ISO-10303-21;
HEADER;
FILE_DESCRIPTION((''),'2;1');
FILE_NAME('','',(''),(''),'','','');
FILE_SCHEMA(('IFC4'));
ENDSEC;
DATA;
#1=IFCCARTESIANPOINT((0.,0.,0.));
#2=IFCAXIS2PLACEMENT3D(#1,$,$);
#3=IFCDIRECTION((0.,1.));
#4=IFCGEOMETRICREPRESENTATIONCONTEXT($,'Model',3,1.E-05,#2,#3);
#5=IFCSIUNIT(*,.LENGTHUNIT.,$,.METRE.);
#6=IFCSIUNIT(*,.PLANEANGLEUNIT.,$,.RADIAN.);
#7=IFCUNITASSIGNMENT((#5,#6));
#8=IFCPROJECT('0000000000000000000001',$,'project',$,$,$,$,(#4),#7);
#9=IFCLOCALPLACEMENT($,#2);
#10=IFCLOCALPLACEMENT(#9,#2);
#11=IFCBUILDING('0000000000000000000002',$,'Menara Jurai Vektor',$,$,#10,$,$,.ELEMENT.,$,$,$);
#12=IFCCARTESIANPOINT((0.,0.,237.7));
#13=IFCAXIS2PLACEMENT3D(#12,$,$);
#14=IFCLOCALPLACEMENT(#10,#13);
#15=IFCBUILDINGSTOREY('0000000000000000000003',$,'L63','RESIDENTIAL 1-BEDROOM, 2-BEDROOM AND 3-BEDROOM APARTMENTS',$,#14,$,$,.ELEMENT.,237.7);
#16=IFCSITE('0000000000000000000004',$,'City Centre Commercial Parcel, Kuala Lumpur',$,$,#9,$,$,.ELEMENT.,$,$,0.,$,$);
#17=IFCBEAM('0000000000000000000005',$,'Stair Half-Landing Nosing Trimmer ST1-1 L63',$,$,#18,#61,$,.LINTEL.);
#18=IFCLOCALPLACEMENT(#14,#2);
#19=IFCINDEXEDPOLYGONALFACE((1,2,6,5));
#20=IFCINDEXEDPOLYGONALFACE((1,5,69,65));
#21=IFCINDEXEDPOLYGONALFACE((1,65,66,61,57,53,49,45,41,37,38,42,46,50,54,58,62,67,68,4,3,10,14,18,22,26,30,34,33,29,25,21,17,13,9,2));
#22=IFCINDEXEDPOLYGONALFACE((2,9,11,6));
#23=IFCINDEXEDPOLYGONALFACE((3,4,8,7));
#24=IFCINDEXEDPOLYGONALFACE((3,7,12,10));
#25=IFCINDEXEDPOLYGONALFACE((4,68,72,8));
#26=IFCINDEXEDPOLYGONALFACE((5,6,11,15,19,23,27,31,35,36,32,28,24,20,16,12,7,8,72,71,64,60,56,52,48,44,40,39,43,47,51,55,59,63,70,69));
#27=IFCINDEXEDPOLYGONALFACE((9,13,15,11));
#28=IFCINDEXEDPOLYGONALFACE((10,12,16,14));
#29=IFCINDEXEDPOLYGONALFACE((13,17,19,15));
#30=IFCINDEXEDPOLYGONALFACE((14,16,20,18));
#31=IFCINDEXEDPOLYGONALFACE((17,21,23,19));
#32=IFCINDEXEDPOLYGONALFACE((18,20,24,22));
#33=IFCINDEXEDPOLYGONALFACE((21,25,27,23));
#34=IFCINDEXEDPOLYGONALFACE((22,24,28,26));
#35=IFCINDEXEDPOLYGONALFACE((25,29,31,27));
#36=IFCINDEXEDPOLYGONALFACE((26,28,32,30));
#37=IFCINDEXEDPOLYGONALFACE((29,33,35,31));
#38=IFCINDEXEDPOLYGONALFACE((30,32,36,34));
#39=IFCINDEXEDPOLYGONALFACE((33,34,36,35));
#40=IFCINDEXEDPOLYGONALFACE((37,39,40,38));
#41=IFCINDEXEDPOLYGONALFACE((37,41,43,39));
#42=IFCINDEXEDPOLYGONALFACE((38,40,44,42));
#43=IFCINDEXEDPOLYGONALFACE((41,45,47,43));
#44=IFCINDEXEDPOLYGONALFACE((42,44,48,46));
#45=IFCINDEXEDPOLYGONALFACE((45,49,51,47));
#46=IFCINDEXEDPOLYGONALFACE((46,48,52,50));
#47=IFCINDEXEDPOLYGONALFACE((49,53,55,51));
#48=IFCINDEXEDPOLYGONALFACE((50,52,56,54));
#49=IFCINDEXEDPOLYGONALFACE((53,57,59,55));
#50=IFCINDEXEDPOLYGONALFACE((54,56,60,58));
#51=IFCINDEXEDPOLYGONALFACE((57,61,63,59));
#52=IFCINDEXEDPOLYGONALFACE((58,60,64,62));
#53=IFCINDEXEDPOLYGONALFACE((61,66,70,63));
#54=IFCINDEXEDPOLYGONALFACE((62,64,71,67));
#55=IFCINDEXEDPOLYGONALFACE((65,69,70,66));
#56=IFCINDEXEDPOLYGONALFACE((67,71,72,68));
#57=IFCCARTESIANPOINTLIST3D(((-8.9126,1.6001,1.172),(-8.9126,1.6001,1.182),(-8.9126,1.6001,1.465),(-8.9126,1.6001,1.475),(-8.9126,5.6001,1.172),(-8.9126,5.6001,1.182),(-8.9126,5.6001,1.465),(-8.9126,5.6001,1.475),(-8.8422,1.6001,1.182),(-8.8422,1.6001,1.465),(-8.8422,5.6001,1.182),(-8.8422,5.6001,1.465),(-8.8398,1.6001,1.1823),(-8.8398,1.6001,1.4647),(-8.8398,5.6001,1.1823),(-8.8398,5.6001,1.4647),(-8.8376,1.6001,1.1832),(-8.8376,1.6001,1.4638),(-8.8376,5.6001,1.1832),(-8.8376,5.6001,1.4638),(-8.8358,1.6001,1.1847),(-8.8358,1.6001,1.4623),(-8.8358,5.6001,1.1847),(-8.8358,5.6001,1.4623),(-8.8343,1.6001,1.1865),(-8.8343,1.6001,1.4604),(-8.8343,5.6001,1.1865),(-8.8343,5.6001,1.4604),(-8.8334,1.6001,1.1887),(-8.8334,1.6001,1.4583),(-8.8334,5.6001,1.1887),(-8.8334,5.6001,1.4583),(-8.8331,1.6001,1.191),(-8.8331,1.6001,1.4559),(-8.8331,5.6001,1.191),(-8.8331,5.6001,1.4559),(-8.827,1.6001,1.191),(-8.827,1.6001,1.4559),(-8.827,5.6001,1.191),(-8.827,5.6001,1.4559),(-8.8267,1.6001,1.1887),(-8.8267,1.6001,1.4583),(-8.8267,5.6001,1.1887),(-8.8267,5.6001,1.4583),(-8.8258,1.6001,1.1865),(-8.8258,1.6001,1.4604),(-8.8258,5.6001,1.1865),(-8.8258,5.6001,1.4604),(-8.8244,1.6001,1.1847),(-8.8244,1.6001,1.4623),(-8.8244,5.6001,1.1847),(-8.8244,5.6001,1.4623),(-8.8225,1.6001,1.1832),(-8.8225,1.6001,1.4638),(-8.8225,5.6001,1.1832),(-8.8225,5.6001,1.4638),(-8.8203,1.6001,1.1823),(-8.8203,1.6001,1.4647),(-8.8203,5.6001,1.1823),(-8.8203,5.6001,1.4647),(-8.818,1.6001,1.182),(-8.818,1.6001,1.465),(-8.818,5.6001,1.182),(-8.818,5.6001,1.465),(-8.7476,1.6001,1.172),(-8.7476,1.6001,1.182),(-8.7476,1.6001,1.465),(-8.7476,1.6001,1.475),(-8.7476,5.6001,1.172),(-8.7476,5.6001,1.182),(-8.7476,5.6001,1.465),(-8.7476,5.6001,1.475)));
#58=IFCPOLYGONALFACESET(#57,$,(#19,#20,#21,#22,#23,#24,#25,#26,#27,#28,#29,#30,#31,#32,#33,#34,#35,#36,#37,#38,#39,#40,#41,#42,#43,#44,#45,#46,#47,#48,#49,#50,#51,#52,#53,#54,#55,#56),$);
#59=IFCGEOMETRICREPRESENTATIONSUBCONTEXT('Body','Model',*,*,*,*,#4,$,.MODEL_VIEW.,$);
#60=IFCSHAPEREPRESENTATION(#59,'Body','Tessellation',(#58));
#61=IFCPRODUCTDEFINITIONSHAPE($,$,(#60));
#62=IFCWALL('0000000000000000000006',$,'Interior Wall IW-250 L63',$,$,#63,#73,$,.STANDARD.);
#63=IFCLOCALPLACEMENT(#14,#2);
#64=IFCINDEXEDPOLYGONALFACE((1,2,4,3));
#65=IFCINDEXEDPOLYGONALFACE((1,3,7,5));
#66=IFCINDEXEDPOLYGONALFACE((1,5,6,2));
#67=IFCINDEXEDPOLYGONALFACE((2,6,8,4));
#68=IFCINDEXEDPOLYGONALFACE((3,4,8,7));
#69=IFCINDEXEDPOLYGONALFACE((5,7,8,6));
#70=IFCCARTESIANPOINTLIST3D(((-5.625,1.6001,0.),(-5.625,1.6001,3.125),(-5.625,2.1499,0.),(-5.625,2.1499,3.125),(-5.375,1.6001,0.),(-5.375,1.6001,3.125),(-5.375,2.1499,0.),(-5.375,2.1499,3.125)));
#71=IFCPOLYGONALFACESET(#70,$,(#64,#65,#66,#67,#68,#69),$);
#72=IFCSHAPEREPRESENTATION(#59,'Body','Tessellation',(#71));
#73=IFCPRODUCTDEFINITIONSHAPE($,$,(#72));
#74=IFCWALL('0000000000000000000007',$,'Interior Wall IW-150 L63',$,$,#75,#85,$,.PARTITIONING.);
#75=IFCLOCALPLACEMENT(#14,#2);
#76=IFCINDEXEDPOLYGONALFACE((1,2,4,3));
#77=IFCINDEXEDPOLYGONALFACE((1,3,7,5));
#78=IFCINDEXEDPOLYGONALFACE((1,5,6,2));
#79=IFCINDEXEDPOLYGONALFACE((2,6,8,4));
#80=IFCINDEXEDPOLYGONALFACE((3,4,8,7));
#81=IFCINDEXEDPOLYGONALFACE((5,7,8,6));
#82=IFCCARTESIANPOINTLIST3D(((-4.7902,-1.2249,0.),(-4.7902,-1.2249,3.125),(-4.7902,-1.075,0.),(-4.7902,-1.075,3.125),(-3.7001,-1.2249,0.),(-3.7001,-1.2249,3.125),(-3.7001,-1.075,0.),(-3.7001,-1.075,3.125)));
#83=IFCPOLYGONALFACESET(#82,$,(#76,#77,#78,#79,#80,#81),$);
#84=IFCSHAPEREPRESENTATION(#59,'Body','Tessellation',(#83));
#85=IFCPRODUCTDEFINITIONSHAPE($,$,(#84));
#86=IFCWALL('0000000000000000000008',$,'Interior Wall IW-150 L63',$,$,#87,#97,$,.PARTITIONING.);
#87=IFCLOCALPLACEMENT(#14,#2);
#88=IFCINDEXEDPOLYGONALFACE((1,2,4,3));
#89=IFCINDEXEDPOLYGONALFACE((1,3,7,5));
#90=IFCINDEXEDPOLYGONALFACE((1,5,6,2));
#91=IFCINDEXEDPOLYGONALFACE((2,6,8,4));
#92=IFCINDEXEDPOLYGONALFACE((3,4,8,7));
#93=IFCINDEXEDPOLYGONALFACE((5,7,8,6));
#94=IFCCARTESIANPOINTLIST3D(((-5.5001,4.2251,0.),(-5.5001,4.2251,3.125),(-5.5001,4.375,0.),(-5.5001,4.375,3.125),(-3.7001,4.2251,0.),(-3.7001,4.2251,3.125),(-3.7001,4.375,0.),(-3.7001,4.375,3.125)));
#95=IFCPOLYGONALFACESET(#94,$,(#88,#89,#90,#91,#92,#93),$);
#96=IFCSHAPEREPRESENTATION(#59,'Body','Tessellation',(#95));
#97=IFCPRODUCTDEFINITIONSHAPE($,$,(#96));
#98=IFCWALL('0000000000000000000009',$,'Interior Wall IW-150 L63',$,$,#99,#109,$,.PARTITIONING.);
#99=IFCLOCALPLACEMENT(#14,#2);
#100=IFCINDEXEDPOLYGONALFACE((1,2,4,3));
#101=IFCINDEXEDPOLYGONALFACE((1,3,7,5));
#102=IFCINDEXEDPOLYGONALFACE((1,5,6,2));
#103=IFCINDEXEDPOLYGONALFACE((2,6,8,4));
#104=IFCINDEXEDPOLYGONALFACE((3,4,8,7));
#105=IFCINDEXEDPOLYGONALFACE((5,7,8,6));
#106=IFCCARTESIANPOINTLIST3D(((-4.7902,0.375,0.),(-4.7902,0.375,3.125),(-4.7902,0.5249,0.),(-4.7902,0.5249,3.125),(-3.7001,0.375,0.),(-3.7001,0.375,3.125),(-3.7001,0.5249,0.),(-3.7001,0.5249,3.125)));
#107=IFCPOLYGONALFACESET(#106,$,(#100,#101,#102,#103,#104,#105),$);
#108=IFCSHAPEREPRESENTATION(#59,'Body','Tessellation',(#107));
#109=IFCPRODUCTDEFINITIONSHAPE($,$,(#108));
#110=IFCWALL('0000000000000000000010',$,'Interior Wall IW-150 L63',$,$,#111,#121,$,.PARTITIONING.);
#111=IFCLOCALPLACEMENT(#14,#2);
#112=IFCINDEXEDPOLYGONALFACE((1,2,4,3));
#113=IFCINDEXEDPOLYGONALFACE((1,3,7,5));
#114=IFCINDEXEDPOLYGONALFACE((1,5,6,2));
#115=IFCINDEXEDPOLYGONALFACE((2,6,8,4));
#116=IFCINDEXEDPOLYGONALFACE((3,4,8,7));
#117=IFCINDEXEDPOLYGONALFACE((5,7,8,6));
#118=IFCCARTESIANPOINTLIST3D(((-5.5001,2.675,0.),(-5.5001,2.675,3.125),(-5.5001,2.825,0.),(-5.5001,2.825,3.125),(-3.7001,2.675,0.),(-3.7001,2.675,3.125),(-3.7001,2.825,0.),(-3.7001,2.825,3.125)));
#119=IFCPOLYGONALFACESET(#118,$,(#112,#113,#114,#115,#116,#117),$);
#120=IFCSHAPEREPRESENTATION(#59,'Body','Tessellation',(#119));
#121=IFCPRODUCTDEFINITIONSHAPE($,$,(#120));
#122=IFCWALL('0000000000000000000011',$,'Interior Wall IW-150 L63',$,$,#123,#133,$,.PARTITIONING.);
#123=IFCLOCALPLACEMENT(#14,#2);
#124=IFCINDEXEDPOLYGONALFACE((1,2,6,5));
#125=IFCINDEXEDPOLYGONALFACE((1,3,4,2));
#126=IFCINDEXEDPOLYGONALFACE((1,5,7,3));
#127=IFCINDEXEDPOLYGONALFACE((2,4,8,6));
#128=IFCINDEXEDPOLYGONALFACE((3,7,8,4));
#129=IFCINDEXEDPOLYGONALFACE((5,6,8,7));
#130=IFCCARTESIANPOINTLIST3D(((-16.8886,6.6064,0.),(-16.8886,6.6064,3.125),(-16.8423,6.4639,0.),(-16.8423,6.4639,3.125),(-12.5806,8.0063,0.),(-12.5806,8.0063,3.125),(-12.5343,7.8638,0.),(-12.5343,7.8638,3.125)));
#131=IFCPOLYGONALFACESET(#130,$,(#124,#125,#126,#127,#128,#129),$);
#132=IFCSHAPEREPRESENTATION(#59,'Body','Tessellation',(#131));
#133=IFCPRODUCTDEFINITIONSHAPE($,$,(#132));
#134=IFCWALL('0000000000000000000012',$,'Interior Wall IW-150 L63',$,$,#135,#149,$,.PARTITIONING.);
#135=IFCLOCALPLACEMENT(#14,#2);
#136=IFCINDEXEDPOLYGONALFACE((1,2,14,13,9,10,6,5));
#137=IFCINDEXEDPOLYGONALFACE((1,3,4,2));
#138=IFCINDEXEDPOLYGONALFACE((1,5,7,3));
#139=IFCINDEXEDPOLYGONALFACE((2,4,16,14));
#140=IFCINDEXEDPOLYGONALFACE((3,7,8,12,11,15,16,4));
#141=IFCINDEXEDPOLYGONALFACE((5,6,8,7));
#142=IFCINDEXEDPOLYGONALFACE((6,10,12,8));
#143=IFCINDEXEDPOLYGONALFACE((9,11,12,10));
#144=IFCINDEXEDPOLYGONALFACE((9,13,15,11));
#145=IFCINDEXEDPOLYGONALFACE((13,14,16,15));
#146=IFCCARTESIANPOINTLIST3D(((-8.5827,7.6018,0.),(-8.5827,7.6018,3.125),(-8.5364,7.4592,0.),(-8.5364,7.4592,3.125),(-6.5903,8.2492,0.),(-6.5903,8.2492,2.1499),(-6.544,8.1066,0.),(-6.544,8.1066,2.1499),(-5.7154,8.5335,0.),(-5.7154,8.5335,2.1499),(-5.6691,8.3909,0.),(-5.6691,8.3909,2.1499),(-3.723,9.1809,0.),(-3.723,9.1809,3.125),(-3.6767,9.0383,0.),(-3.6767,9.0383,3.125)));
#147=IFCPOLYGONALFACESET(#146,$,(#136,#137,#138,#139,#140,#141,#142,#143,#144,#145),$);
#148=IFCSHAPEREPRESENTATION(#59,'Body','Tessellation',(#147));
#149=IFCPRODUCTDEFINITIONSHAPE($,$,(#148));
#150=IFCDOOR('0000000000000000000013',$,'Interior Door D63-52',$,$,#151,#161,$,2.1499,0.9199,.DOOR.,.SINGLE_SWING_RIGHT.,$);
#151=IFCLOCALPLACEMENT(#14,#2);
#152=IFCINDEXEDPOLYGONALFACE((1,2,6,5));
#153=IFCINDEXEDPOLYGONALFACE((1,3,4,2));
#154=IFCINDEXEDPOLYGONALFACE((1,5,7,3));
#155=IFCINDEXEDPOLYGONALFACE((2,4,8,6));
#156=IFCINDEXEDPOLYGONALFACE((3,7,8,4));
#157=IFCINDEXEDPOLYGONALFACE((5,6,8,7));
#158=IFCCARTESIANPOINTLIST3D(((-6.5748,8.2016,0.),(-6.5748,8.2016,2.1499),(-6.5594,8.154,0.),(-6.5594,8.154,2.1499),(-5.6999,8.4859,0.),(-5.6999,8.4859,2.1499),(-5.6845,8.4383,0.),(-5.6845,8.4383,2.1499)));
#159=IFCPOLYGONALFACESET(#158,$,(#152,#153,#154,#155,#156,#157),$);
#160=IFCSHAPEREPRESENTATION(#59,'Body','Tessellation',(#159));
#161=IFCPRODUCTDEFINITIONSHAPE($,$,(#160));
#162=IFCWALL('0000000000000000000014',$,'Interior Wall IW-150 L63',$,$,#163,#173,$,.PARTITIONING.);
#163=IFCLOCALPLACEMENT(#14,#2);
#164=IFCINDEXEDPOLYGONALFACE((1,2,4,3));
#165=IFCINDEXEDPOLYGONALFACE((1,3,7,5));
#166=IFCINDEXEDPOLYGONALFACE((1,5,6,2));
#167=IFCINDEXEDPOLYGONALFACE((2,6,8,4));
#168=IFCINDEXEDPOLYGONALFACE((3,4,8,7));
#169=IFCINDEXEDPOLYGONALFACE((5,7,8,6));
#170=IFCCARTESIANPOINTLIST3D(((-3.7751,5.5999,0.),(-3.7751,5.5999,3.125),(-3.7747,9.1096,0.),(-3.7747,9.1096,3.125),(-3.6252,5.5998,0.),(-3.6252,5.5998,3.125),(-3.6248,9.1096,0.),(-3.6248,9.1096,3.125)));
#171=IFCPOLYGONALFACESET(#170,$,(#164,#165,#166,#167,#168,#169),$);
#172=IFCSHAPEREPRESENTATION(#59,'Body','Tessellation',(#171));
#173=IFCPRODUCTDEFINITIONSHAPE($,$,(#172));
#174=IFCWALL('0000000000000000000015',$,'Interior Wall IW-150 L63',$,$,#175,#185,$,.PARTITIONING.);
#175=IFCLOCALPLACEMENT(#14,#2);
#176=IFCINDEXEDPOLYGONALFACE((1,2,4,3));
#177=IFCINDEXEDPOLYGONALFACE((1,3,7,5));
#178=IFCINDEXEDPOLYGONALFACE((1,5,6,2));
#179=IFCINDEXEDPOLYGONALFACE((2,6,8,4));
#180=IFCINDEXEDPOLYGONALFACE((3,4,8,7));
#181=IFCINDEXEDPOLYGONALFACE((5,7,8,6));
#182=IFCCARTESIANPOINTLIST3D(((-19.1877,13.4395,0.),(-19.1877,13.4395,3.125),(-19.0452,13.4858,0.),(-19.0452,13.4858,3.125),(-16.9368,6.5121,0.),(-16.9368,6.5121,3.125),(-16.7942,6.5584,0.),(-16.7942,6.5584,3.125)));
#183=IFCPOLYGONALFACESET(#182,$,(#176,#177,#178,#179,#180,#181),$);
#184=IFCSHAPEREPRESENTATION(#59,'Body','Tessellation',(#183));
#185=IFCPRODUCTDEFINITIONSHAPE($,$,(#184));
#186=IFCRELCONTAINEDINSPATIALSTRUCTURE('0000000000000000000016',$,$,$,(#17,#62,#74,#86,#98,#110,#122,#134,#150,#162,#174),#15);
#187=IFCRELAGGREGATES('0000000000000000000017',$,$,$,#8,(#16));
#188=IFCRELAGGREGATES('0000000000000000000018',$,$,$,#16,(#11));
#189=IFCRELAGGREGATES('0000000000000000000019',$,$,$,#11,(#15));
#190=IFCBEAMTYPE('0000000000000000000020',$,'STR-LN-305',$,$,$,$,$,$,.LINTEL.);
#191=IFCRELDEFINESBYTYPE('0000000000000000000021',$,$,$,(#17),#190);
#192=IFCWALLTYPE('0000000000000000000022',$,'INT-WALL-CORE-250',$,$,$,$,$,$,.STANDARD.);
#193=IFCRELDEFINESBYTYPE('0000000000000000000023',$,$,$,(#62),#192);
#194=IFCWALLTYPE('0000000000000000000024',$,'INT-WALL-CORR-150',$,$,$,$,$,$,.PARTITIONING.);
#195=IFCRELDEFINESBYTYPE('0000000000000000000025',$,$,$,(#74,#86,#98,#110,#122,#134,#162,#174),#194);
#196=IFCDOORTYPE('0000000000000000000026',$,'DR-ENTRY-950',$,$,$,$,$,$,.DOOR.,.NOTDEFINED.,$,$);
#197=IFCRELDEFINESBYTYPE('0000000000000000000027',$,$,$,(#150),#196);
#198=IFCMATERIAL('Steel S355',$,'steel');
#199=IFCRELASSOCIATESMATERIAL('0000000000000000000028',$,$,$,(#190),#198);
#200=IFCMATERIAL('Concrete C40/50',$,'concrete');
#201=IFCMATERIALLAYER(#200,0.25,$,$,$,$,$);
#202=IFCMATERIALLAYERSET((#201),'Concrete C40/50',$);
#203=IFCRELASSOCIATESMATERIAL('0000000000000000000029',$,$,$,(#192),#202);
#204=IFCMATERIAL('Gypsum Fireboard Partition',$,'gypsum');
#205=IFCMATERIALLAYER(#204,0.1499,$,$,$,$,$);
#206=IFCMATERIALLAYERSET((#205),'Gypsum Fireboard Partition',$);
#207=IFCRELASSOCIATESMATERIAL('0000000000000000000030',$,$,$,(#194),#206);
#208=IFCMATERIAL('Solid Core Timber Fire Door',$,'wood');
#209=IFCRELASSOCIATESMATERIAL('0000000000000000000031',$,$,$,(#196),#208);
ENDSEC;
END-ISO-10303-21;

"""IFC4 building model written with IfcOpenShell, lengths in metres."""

from ifc_helpers import new_model, si_unit, direction, frame, frame_2d, origin, origin_2d, place, context, subcontext, project, spatial, rectangle, i_section, extrude, material, layer, layer_set, material_profile, profile_set, type_object, element, fill, save


model = new_model("IFC4")

# Units and contexts
model_context = context("Model", 3, precision=1e-05, world=origin(), true_north=direction((0.0, 1.0)))
body_context = subcontext(model_context, "Body", "Model", "MODEL_VIEW")
ifc_project = project(units=[si_unit("LENGTHUNIT", "METRE"), si_unit("PLANEANGLEUNIT", "RADIAN")], contexts=[model_context])

# Site, building, storey
site_placement = place(None, origin())
site = spatial("IfcSite", under=ifc_project, at=site_placement, Name="City Centre Commercial Parcel, Kuala Lumpur", CompositionType="ELEMENT", RefElevation=0.0)
building_placement = place(site_placement, origin())
building = spatial("IfcBuilding", under=site, at=building_placement, Name="Menara Jurai Vektor", CompositionType="ELEMENT")
storey_placement = place(building_placement, frame((0.0, 0.0, 237.7)))
storey = spatial("IfcBuildingStorey", under=building, at=storey_placement, Name="L63", Description="RESIDENTIAL 1-BEDROOM, 2-BEDROOM AND 3-BEDROOM APARTMENTS", CompositionType="ELEMENT", Elevation=237.7)

# Shared definitions
ifc_material_1 = material(Name="Steel S355", Category="steel")

# Beam
ifc_material_profile_1 = material_profile(ifc_material_1, i_section(OverallWidth=0.165, OverallDepth=0.303, WebThickness=0.0061, FlangeThickness=0.01, FilletRadius=0.009, at=origin_2d()), Name="UKB 305x165x40")
ifc_profile_set_1 = profile_set([ifc_material_profile_1], Name="Steel S355")
beam_type_1 = type_object("IfcBeamType", Name="STR-LN-305", PredefinedType="LINTEL", material=ifc_profile_set_1)
beam_1_placement = place(storey_placement, frame((-8.8301, 1.6001, 1.3235), z_axis=(0.0, 1.0, 0.0), x_axis=(-1.0, 0.0, 0.0)))
element("IfcBeam", 1, at=beam_1_placement, inside=storey, type_object=beam_type_1, Name="Stair Half-Landing Nosing Trimmer ST1-1 L63", PredefinedType="LINTEL", context=body_context, shape_type="SweptSolid", body=[
    extrude(i_section(OverallWidth=0.165, OverallDepth=0.303, WebThickness=0.0061, FlangeThickness=0.01, FilletRadius=0.009, at=origin_2d()), origin(), (0.0, 0.0, 1.0), 4.0),
])

# Shared definitions
ifc_material_2 = material(Name="Concrete C40/50", Category="concrete")
ifc_layer_1 = layer(ifc_material_2, 0.25)
ifc_layer_set_1 = layer_set([ifc_layer_1], Name="Concrete C40/50")
wall_type_1 = type_object("IfcWallType", Name="INT-WALL-CORE-250", PredefinedType="STANDARD", material=ifc_layer_set_1)

# Walls
wall_1_placement = place(storey_placement, frame((-5.5, 1.6001, 0.0), z_axis=(0.0, 0.0, 1.0), x_axis=(0.0, 1.0, 0.0)))
element("IfcWall", 2, at=wall_1_placement, inside=storey, type_object=wall_type_1, Name="Interior Wall IW-250 L63", PredefinedType="STANDARD", context=body_context, shape_type="SweptSolid", body=[
    extrude(rectangle(XDim=0.5498, YDim=0.25, at=frame_2d((0.2749, 0.0))), origin(), (0.0, 0.0, 1.0), 3.125),
])
ifc_material_3 = material(Name="Gypsum Fireboard Partition", Category="gypsum")
ifc_layer_2 = layer(ifc_material_3, 0.1499)
ifc_layer_set_2 = layer_set([ifc_layer_2], Name="Gypsum Fireboard Partition")
wall_type_2 = type_object("IfcWallType", Name="INT-WALL-CORR-150", PredefinedType="PARTITIONING", material=ifc_layer_set_2)
wall_2_placement = place(storey_placement, frame((-4.79, -1.1499, 0.0), z_axis=(0.0, 0.0, 1.0), x_axis=(1.0, 0.0, 0.0)))
element("IfcWall", 3, at=wall_2_placement, inside=storey, type_object=wall_type_2, Name="Interior Wall IW-150 L63", PredefinedType="PARTITIONING", context=body_context, shape_type="SweptSolid", body=[
    extrude(rectangle(XDim=1.0901, YDim=0.1499, at=frame_2d((0.5449, 0.0))), origin(), (0.0, 0.0, 1.0), 3.125),
])
wall_3_placement = place(storey_placement, frame((-5.5, 4.3, 0.0), z_axis=(0.0, 0.0, 1.0), x_axis=(1.0, 0.0, 0.0)))
element("IfcWall", 4, at=wall_3_placement, inside=storey, type_object=wall_type_2, Name="Interior Wall IW-150 L63", PredefinedType="PARTITIONING", context=body_context, shape_type="SweptSolid", body=[
    extrude(rectangle(XDim=1.8, YDim=0.1499, at=frame_2d((0.8999, 0.0))), origin(), (0.0, 0.0, 1.0), 3.125),
])
wall_4_placement = place(storey_placement, frame((-4.79, 0.45, 0.0), z_axis=(0.0, 0.0, 1.0), x_axis=(1.0, 0.0, 0.0)))
element("IfcWall", 5, at=wall_4_placement, inside=storey, type_object=wall_type_2, Name="Interior Wall IW-150 L63", PredefinedType="PARTITIONING", context=body_context, shape_type="SweptSolid", body=[
    extrude(rectangle(XDim=1.0901, YDim=0.1499, at=frame_2d((0.5449, 0.0))), origin(), (0.0, 0.0, 1.0), 3.125),
])
wall_5_placement = place(storey_placement, frame((-5.5, 2.75, 0.0), z_axis=(0.0, 0.0, 1.0), x_axis=(1.0, 0.0, 0.0)))
element("IfcWall", 6, at=wall_5_placement, inside=storey, type_object=wall_type_2, Name="Interior Wall IW-150 L63", PredefinedType="PARTITIONING", context=body_context, shape_type="SweptSolid", body=[
    extrude(rectangle(XDim=1.8, YDim=0.1499, at=frame_2d((0.8999, 0.0))), origin(), (0.0, 0.0, 1.0), 3.125),
])
wall_6_placement = place(storey_placement, frame((-16.8655, 6.5352, 0.0), z_axis=(0.0, 0.0, 1.0), x_axis=(0.951049, 0.30904, 0.0)))
element("IfcWall", 7, at=wall_6_placement, inside=storey, type_object=wall_type_2, Name="Interior Wall IW-150 L63", PredefinedType="PARTITIONING", context=body_context, shape_type="SweptSolid", body=[
    extrude(rectangle(XDim=4.5298, YDim=0.1499, at=frame_2d((2.2649, 0.0))), origin(), (0.0, 0.0, 1.0), 3.125),
])

# Wall, opening, door
wall_7_placement = place(storey_placement, frame((-8.5596, 7.5305, 0.0), z_axis=(0.0, 0.0, 1.0), x_axis=(0.951054, 0.309023, 0.0)))
wall_7 = element("IfcWall", 8, at=wall_7_placement, inside=storey, type_object=wall_type_2, Name="Interior Wall IW-150 L63", PredefinedType="PARTITIONING", context=body_context, shape_type="SweptSolid", body=[
    extrude(rectangle(XDim=5.1099, YDim=0.1499, at=frame_2d((2.5549, 0.0))), origin(), (0.0, 0.0, 1.0), 3.125),
])
opening_1_placement = place(wall_7_placement, frame((2.095, 0.0, 0.0)))
opening_1 = element("IfcOpeningElement", 9, at=opening_1_placement, cuts=wall_7, PredefinedType="OPENING", context=body_context, shape_type="SweptSolid", body=[
    extrude(rectangle(XDim=0.9199, YDim=2.1499, at=frame_2d((0.46, 1.075))), frame((0.0, 0.085, 0.0), z_axis=(0.0, -1.0, 0.0), x_axis=(1.0, 0.0, 0.0)), (0.0, 0.0, 1.0), 0.1699),
])
ifc_material_4 = material(Name="Solid Core Timber Fire Door", Category="wood")
door_type_1 = type_object("IfcDoorType", Name="DR-ENTRY-950", OperationType="NOTDEFINED", PredefinedType="DOOR", material=ifc_material_4)
door_1_placement = place(opening_1_placement, origin())
door_1 = element("IfcDoor", 10, at=door_1_placement, inside=storey, type_object=door_type_1, Name="Interior Door D63-52", OperationType="SINGLE_SWING_RIGHT", OverallHeight=2.1499, OverallWidth=0.9199, PredefinedType="DOOR", context=body_context, shape_type="SweptSolid", body=[
    extrude(rectangle(XDim=0.9199, YDim=2.1499, at=frame_2d((0.46, 1.075))), frame((0.0, 0.0249, 0.0), z_axis=(0.0, -1.0, 0.0), x_axis=(1.0, 0.0, 0.0)), (0.0, 0.0, 1.0), 0.05),
])
fill(opening_1, door_1)

# Walls
wall_8_placement = place(storey_placement, frame((-3.7002, 5.5999, 0.0), z_axis=(0.0, 0.0, 1.0), x_axis=(0.000139, 1.0, 0.0)))
element("IfcWall", 11, at=wall_8_placement, inside=storey, type_object=wall_type_2, Name="Interior Wall IW-150 L63", PredefinedType="PARTITIONING", context=body_context, shape_type="SweptSolid", body=[
    extrude(rectangle(XDim=3.5098, YDim=0.1499, at=frame_2d((1.7549, 0.0))), origin(), (0.0, 0.0, 1.0), 3.125),
])
wall_9_placement = place(storey_placement, frame((-16.8655, 6.5352, 0.0), z_axis=(0.0, 0.0, 1.0), x_axis=(-0.309029, 0.951053, 0.0)))
element("IfcWall", 12, at=wall_9_placement, inside=storey, type_object=wall_type_2, Name="Interior Wall IW-150 L63", PredefinedType="PARTITIONING", context=body_context, shape_type="SweptSolid", body=[
    extrude(rectangle(XDim=7.2839, YDim=0.1499, at=frame_2d((3.6421, 0.0))), origin(), (0.0, 0.0, 1.0), 3.125),
])

save(model, "model.ifc")
